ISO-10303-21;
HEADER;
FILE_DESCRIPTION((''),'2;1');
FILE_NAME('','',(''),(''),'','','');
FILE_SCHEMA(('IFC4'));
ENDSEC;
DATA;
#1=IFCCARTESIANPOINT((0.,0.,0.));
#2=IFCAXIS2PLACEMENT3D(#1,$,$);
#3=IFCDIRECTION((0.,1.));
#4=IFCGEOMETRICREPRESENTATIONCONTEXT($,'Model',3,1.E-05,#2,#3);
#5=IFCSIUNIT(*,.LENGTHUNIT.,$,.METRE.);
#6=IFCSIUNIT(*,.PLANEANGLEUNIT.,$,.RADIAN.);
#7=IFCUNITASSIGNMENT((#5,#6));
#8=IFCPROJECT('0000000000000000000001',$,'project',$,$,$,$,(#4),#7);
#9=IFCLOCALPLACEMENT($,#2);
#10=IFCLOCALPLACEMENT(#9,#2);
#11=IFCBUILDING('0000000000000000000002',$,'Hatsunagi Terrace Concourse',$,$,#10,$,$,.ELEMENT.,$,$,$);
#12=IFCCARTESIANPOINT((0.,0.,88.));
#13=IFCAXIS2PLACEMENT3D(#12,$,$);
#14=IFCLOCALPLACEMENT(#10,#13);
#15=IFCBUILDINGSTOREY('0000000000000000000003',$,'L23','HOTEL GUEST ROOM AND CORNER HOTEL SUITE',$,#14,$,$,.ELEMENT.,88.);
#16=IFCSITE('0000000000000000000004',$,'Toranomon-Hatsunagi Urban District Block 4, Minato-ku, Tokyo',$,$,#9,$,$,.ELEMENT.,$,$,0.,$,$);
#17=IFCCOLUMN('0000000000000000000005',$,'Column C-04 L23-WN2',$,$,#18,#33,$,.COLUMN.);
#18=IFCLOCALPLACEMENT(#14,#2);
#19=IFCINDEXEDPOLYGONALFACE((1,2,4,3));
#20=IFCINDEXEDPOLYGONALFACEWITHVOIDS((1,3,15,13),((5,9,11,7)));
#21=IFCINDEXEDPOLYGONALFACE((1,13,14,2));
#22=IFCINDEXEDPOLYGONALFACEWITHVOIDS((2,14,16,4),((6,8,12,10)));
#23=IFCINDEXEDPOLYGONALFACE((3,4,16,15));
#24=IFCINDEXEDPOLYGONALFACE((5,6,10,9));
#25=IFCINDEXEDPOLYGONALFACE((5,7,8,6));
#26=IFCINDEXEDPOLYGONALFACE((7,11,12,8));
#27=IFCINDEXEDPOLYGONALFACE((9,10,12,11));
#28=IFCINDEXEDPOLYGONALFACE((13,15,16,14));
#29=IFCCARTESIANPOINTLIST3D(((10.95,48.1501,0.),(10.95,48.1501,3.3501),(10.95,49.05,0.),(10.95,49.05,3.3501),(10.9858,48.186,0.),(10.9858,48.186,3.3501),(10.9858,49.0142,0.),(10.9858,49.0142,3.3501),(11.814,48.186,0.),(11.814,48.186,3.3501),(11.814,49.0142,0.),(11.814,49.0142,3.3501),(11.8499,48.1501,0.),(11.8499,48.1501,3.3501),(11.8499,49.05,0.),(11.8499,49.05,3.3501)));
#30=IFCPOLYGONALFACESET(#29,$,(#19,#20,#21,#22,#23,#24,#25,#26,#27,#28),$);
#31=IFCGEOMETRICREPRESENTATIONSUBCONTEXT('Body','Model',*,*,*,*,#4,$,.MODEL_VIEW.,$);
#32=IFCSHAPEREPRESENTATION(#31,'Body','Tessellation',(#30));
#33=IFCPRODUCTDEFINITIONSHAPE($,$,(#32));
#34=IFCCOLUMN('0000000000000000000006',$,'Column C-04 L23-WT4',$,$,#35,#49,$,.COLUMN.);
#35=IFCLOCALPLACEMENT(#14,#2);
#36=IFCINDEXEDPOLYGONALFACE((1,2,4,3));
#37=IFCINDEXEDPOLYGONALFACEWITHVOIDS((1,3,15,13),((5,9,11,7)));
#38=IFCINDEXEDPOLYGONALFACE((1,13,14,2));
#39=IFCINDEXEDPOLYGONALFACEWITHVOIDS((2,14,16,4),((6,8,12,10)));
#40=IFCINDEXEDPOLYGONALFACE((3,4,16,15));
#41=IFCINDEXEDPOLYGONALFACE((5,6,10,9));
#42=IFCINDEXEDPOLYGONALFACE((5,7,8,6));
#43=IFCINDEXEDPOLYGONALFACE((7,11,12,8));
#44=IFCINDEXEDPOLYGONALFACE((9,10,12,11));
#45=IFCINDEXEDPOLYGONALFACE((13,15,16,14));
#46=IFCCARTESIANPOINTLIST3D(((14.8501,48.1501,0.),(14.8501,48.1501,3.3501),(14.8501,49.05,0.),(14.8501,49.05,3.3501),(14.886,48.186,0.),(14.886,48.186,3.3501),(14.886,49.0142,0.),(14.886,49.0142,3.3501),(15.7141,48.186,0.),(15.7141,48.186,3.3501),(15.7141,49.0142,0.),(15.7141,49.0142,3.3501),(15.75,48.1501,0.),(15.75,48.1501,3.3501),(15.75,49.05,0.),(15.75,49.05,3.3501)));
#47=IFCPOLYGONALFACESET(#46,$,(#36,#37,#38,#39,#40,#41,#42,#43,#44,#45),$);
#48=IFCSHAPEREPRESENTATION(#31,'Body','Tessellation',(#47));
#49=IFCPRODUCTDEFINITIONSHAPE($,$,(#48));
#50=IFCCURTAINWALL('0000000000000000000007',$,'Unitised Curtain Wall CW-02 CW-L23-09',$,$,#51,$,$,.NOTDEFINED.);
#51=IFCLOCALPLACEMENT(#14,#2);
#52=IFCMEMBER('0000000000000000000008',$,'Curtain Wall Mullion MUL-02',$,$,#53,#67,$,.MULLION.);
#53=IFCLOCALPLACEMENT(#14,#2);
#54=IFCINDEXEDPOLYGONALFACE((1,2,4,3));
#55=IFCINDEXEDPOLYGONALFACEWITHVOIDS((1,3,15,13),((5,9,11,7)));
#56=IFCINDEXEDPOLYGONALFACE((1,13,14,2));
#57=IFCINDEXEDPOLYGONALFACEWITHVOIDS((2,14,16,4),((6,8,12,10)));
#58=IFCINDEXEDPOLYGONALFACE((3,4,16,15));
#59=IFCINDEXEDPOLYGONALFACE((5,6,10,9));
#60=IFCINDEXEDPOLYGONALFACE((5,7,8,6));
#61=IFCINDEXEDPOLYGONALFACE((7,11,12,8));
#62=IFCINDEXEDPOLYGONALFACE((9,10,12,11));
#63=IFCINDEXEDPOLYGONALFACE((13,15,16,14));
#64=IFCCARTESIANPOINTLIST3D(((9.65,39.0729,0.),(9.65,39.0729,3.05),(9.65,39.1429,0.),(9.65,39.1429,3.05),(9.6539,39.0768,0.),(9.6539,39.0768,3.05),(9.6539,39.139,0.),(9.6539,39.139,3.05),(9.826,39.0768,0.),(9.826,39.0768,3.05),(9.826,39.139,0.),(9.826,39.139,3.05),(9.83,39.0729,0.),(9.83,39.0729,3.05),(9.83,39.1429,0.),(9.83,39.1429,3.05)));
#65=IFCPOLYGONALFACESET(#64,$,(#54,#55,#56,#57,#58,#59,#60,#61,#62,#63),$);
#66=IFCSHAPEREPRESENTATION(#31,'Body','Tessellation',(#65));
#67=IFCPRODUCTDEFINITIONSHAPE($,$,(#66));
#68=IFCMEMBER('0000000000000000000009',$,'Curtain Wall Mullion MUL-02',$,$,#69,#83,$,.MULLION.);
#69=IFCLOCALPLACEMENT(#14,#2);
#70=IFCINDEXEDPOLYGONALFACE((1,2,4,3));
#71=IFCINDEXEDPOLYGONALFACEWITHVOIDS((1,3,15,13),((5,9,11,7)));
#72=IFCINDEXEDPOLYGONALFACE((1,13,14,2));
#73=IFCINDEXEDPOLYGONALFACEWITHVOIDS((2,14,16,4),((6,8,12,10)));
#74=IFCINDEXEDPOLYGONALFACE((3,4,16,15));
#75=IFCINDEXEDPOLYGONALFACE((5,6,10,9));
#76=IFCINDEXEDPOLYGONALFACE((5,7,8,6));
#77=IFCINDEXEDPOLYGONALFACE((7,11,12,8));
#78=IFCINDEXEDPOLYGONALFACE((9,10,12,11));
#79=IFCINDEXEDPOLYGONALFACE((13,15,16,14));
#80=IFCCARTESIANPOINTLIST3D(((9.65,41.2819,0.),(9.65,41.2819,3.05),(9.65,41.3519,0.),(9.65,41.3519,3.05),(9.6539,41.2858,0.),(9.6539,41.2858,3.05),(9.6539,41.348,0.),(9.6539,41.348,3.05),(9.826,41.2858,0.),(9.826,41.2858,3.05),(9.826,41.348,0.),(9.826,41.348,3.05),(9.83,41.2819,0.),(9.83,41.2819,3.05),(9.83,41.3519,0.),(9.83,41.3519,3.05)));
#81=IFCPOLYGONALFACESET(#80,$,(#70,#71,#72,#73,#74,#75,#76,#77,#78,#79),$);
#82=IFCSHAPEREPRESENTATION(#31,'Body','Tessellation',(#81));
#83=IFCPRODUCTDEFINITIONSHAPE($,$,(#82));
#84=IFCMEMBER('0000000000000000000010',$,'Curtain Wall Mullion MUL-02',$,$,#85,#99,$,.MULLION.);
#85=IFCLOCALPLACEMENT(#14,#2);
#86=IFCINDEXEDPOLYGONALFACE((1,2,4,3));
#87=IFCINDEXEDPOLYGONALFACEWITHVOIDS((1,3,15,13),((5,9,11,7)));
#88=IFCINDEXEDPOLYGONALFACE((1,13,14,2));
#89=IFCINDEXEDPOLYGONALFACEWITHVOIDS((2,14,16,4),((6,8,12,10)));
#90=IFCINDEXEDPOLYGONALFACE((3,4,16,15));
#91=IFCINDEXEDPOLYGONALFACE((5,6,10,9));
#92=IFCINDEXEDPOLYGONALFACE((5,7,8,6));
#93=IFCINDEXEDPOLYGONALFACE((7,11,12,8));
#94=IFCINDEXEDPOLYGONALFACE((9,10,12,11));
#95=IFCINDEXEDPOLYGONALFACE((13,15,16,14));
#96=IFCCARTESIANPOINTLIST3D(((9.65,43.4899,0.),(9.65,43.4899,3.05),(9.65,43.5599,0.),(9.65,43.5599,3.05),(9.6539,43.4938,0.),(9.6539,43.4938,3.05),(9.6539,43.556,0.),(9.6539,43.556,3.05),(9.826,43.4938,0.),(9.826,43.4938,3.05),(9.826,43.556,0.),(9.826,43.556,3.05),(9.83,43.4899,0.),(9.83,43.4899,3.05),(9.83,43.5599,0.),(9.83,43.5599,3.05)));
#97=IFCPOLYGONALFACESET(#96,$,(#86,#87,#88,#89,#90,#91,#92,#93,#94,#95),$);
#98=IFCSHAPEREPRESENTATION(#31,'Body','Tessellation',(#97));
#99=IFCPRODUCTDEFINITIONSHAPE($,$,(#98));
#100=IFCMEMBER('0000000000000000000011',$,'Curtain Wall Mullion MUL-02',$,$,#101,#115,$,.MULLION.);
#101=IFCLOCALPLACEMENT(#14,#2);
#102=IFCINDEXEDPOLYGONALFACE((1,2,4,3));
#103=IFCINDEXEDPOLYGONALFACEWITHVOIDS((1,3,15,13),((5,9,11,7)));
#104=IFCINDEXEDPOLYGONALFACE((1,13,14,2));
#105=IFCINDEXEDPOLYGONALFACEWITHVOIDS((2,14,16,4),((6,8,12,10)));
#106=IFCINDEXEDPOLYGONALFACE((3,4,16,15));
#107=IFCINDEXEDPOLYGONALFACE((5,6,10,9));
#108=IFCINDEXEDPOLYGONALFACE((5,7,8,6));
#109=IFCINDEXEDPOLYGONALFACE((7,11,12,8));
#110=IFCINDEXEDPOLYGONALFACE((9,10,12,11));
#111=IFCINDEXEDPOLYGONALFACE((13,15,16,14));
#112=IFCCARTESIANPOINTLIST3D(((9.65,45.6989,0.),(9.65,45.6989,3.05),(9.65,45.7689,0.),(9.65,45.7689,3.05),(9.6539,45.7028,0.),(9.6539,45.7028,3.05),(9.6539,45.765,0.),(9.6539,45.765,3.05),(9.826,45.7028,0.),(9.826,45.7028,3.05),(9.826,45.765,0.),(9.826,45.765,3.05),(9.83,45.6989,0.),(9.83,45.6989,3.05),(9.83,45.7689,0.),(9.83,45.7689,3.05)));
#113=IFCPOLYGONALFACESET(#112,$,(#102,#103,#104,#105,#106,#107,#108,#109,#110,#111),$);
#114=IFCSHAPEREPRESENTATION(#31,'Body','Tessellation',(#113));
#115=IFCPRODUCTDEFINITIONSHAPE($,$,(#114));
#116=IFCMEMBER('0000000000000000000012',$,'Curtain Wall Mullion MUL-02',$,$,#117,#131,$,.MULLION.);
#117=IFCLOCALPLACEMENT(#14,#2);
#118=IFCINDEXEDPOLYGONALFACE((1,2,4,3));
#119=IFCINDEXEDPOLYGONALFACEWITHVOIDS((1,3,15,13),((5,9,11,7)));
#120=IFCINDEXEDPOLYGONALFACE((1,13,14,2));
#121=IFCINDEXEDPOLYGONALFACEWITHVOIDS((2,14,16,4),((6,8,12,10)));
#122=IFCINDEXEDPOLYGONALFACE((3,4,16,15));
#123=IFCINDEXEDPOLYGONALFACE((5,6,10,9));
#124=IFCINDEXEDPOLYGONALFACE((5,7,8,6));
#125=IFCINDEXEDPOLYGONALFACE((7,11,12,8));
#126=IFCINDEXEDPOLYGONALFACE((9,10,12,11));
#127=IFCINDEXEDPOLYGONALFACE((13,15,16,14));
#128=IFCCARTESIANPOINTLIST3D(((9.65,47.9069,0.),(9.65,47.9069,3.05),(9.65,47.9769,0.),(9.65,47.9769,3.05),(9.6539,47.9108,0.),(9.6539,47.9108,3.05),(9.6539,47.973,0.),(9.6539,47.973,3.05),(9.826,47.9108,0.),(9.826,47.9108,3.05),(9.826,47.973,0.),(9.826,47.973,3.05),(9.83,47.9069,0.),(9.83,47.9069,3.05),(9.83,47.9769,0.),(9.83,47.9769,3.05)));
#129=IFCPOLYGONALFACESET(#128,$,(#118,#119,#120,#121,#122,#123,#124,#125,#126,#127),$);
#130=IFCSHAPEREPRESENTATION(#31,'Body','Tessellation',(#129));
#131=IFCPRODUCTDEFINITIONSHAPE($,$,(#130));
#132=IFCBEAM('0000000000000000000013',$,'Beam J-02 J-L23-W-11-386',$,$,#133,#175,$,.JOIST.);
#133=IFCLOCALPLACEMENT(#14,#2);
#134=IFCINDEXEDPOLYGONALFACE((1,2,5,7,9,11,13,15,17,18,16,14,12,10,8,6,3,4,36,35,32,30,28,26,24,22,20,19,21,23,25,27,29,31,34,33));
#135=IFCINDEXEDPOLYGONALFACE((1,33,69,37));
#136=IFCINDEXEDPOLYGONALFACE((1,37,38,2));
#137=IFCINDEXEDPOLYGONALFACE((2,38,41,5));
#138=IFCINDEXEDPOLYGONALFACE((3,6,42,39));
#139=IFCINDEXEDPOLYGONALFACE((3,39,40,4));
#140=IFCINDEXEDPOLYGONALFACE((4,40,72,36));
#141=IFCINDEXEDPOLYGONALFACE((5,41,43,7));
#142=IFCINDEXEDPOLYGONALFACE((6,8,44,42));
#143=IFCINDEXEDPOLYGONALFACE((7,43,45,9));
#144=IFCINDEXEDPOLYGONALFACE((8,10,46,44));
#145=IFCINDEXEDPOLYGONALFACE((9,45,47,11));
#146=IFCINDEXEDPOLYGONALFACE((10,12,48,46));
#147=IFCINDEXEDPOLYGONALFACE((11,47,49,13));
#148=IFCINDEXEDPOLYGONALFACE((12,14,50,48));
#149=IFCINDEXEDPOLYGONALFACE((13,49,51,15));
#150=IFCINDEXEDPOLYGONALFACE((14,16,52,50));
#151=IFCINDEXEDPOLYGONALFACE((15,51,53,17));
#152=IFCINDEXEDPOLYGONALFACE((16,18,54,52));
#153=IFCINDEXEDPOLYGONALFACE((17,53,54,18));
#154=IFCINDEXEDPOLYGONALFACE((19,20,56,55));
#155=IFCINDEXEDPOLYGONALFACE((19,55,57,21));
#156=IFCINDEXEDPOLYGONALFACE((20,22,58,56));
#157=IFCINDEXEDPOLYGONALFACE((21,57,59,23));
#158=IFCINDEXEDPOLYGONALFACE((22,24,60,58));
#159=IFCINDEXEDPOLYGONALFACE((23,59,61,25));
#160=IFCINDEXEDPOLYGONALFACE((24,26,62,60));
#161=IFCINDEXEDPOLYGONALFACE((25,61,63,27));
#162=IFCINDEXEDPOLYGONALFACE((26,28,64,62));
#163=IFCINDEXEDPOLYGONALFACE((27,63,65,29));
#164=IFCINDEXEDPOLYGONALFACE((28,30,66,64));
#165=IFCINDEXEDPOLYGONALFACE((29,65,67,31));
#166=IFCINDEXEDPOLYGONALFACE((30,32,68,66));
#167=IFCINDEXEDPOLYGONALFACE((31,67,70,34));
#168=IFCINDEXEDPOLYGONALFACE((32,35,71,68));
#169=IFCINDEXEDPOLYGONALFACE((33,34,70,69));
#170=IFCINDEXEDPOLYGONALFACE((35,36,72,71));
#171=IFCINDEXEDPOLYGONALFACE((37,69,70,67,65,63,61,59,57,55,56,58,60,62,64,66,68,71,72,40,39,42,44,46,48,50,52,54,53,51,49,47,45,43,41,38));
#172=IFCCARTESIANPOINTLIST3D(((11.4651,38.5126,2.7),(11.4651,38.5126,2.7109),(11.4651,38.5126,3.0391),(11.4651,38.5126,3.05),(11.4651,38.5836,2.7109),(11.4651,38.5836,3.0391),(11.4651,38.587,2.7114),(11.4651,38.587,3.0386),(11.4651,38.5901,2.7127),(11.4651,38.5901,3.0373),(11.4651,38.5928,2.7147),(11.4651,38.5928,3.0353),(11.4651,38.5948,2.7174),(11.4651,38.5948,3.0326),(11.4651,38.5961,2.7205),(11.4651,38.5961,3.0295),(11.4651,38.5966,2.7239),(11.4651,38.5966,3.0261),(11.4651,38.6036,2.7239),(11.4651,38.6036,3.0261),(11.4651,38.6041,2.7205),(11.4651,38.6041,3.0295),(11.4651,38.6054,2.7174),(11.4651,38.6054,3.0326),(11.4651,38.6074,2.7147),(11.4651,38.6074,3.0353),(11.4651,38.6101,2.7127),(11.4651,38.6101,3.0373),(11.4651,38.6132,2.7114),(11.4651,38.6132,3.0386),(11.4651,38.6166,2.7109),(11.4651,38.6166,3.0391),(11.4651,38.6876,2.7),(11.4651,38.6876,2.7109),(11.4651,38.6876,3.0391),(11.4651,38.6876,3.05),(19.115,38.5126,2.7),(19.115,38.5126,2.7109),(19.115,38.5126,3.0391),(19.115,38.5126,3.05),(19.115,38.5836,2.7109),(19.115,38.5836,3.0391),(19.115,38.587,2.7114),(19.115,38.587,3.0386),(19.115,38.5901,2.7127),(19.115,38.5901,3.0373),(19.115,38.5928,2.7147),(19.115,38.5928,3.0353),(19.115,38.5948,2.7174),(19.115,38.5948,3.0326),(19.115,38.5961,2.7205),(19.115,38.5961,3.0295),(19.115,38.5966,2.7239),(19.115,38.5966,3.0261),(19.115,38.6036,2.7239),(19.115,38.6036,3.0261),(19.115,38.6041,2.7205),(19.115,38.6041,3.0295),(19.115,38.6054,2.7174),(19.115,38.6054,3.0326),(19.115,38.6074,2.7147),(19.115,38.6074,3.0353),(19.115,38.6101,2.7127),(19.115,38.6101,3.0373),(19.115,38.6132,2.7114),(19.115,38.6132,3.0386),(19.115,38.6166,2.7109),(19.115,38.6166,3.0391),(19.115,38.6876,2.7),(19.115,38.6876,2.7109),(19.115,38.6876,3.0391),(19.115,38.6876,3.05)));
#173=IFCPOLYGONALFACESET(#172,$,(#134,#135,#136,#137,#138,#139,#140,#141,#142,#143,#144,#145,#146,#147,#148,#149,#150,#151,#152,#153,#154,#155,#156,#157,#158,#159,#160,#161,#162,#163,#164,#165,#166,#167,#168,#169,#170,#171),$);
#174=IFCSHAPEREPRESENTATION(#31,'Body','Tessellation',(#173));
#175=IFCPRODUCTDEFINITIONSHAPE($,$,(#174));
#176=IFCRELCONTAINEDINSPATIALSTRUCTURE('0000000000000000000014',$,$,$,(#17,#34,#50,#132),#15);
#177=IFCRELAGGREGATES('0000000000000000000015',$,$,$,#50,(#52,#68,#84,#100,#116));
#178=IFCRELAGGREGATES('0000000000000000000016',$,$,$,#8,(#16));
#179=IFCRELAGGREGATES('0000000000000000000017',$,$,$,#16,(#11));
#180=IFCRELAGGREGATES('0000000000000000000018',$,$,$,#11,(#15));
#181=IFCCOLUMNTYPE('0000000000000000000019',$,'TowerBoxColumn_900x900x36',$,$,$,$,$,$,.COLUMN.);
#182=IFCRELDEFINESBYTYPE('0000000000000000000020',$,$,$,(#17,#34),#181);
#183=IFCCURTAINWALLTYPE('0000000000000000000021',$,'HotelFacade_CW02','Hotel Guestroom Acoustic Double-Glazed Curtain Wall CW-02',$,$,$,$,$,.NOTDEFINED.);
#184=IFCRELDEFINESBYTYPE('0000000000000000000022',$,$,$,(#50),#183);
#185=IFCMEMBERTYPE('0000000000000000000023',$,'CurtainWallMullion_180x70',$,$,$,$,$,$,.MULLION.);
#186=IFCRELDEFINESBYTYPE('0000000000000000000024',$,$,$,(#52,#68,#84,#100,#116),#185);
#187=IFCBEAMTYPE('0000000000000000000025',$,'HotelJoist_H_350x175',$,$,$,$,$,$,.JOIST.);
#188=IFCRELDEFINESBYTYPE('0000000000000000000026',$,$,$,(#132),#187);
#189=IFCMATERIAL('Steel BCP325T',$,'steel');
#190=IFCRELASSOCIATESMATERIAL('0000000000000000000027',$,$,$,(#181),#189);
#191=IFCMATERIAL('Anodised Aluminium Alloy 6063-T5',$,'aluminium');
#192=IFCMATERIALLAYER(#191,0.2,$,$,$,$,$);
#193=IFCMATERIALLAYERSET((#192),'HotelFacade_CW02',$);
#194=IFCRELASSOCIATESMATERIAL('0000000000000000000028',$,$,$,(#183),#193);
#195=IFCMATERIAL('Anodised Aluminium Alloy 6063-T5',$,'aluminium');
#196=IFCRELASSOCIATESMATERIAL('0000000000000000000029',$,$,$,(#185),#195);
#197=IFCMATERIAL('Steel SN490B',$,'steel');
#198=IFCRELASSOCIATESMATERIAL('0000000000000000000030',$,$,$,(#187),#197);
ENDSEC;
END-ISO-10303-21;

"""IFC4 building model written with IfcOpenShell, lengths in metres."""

from ifc_helpers import new_model, si_unit, direction, frame, origin, origin_2d, place, context, subcontext, project, spatial, hollow_rectangle, i_section, extrude, material, layer, layer_set, material_profile, profile_set, type_object, element, aggregate, save


model = new_model("IFC4")

# Units and contexts
model_context = context("Model", 3, precision=1e-05, world=origin(), true_north=direction((0.0, 1.0)))
body_context = subcontext(model_context, "Body", "Model", "MODEL_VIEW")
ifc_project = project(units=[si_unit("LENGTHUNIT", "METRE"), si_unit("PLANEANGLEUNIT", "RADIAN")], contexts=[model_context])

# Site, building, storey
site_placement = place(None, origin())
site = spatial("IfcSite", under=ifc_project, at=site_placement, Name="Toranomon-Hatsunagi Urban District Block 4, Minato-ku, Tokyo", CompositionType="ELEMENT", RefElevation=0.0)
building_placement = place(site_placement, origin())
building = spatial("IfcBuilding", under=site, at=building_placement, Name="Hatsunagi Terrace Concourse", CompositionType="ELEMENT")
storey_placement = place(building_placement, frame((0.0, 0.0, 88.0)))
storey = spatial("IfcBuildingStorey", under=building, at=storey_placement, Name="L23", Description="HOTEL GUEST ROOM AND CORNER HOTEL SUITE", CompositionType="ELEMENT", Elevation=88.0)

# Columns
ifc_material_1 = material(Name="Steel BCP325T", Category="steel")
ifc_material_profile_1 = material_profile(ifc_material_1, hollow_rectangle(XDim=0.8999, YDim=0.8999, WallThickness=0.0359, at=origin_2d()), Name="BCP-900x900x36")
ifc_profile_set_1 = profile_set([ifc_material_profile_1], Name="Steel BCP325T")
column_type = type_object("IfcColumnType", Name="TowerBoxColumn_900x900x36", PredefinedType="COLUMN", material=ifc_profile_set_1)
for number, where, z_axis, x_axis, name in (
    (1, (11.3999, 48.6001, 0.0), (0.0, 0.0, 1.0), (1.0, 0.0, 0.0), "Column C-04 L23-WN2"),
    (2, (15.3, 48.6001, 0.0), (0.0, 0.0, 1.0), (1.0, 0.0, 0.0), "Column C-04 L23-WT4"),
):
    element("IfcColumn", number, at=place(storey_placement, frame(where, z_axis=z_axis, x_axis=x_axis)), inside=storey, type_object=column_type, Name=name, PredefinedType="COLUMN", context=body_context, shape_type="SweptSolid", body=[
        extrude(hollow_rectangle(XDim=0.8999, YDim=0.8999, WallThickness=0.0359, at=origin_2d()), origin(), (0.0, 0.0, 1.0), 3.3501),
    ])

# Curtain wall, members
ifc_material_2 = material(Name="Anodised Aluminium Alloy 6063-T5", Category="aluminium")
ifc_layer_1 = layer(ifc_material_2, 0.2)
ifc_layer_set_1 = layer_set([ifc_layer_1], Name="HotelFacade_CW02")
curtain_wall_type = type_object("IfcCurtainWallType", Name="HotelFacade_CW02", Description="Hotel Guestroom Acoustic Double-Glazed Curtain Wall CW-02", PredefinedType="NOTDEFINED", material=ifc_layer_set_1)
curtain_wall_placement = place(storey_placement, origin())
curtain_wall = element("IfcCurtainWall", 3, at=curtain_wall_placement, inside=storey, type_object=curtain_wall_type, Name="Unitised Curtain Wall CW-02 CW-L23-09", PredefinedType="NOTDEFINED")
ifc_material_3 = material(Name="Anodised Aluminium Alloy 6063-T5", Category="aluminium")
ifc_material_profile_2 = material_profile(ifc_material_3, hollow_rectangle(XDim=0.0701, YDim=0.1799, WallThickness=0.0039, at=origin_2d()), Name="ALU-MUL-180x70x4")
ifc_profile_set_2 = profile_set([ifc_material_profile_2], Name="Anodised Aluminium Alloy 6063-T5")
member_type = type_object("IfcMemberType", Name="CurtainWallMullion_180x70", PredefinedType="MULLION", material=ifc_profile_set_2)
member_1_placement = place(storey_placement, frame((9.74, 39.1079, 0.0), z_axis=(0.0, 0.0, 1.0), x_axis=(0.0, 1.0, 0.0)))
member_1 = element("IfcMember", 4, at=member_1_placement, type_object=member_type, Name="Curtain Wall Mullion MUL-02", PredefinedType="MULLION", context=body_context, shape_type="SweptSolid", body=[
    extrude(hollow_rectangle(XDim=0.0701, YDim=0.1799, WallThickness=0.0039, at=origin_2d()), origin(), (0.0, 0.0, 1.0), 3.05),
])
member_2_placement = place(storey_placement, frame((9.74, 41.3169, 0.0), z_axis=(0.0, 0.0, 1.0), x_axis=(0.0, 1.0, 0.0)))
member_2 = element("IfcMember", 5, at=member_2_placement, type_object=member_type, Name="Curtain Wall Mullion MUL-02", PredefinedType="MULLION", context=body_context, shape_type="SweptSolid", body=[
    extrude(hollow_rectangle(XDim=0.0701, YDim=0.1799, WallThickness=0.0039, at=origin_2d()), origin(), (0.0, 0.0, 1.0), 3.05),
])
member_3_placement = place(storey_placement, frame((9.74, 43.5249, 0.0), z_axis=(0.0, 0.0, 1.0), x_axis=(0.0, 1.0, 0.0)))
member_3 = element("IfcMember", 6, at=member_3_placement, type_object=member_type, Name="Curtain Wall Mullion MUL-02", PredefinedType="MULLION", context=body_context, shape_type="SweptSolid", body=[
    extrude(hollow_rectangle(XDim=0.0701, YDim=0.1799, WallThickness=0.0039, at=origin_2d()), origin(), (0.0, 0.0, 1.0), 3.05),
])
member_4_placement = place(storey_placement, frame((9.74, 45.7339, 0.0), z_axis=(0.0, 0.0, 1.0), x_axis=(0.0, 1.0, 0.0)))
member_4 = element("IfcMember", 7, at=member_4_placement, type_object=member_type, Name="Curtain Wall Mullion MUL-02", PredefinedType="MULLION", context=body_context, shape_type="SweptSolid", body=[
    extrude(hollow_rectangle(XDim=0.0701, YDim=0.1799, WallThickness=0.0039, at=origin_2d()), origin(), (0.0, 0.0, 1.0), 3.05),
])
member_5_placement = place(storey_placement, frame((9.74, 47.9419, 0.0), z_axis=(0.0, 0.0, 1.0), x_axis=(0.0, 1.0, 0.0)))
member_5 = element("IfcMember", 8, at=member_5_placement, type_object=member_type, Name="Curtain Wall Mullion MUL-02", PredefinedType="MULLION", context=body_context, shape_type="SweptSolid", body=[
    extrude(hollow_rectangle(XDim=0.0701, YDim=0.1799, WallThickness=0.0039, at=origin_2d()), origin(), (0.0, 0.0, 1.0), 3.05),
])

# Beam
ifc_material_4 = material(Name="Steel SN490B", Category="steel")
ifc_material_profile_3 = material_profile(ifc_material_4, i_section(OverallWidth=0.175, OverallDepth=0.3501, WebThickness=0.0071, FlangeThickness=0.011, FilletRadius=0.0129, at=origin_2d()), Name="H-350x175x7x11")
ifc_profile_set_3 = profile_set([ifc_material_profile_3], Name="Steel SN490B")
beam_type_1 = type_object("IfcBeamType", Name="HotelJoist_H_350x175", PredefinedType="JOIST", material=ifc_profile_set_3)
for number, where, z_axis, x_axis, name in (
    (9, (11.4651, 38.6001, 2.875), (1.0, 0.0, 0.0), (0.0, 1.0, 0.0), "Beam J-02 J-L23-W-11-386"),
):
    element("IfcBeam", number, at=place(storey_placement, frame(where, z_axis=z_axis, x_axis=x_axis)), inside=storey, type_object=beam_type_1, Name=name, PredefinedType="JOIST", context=body_context, shape_type="SweptSolid", body=[
        extrude(i_section(OverallWidth=0.175, OverallDepth=0.3501, WebThickness=0.0071, FlangeThickness=0.011, FilletRadius=0.0129, at=origin_2d()), origin(), (0.0, 0.0, 1.0), 7.6499),
    ])

aggregate(curtain_wall, [member_1, member_2, member_3, member_4, member_5])

save(model, "model.ifc")
